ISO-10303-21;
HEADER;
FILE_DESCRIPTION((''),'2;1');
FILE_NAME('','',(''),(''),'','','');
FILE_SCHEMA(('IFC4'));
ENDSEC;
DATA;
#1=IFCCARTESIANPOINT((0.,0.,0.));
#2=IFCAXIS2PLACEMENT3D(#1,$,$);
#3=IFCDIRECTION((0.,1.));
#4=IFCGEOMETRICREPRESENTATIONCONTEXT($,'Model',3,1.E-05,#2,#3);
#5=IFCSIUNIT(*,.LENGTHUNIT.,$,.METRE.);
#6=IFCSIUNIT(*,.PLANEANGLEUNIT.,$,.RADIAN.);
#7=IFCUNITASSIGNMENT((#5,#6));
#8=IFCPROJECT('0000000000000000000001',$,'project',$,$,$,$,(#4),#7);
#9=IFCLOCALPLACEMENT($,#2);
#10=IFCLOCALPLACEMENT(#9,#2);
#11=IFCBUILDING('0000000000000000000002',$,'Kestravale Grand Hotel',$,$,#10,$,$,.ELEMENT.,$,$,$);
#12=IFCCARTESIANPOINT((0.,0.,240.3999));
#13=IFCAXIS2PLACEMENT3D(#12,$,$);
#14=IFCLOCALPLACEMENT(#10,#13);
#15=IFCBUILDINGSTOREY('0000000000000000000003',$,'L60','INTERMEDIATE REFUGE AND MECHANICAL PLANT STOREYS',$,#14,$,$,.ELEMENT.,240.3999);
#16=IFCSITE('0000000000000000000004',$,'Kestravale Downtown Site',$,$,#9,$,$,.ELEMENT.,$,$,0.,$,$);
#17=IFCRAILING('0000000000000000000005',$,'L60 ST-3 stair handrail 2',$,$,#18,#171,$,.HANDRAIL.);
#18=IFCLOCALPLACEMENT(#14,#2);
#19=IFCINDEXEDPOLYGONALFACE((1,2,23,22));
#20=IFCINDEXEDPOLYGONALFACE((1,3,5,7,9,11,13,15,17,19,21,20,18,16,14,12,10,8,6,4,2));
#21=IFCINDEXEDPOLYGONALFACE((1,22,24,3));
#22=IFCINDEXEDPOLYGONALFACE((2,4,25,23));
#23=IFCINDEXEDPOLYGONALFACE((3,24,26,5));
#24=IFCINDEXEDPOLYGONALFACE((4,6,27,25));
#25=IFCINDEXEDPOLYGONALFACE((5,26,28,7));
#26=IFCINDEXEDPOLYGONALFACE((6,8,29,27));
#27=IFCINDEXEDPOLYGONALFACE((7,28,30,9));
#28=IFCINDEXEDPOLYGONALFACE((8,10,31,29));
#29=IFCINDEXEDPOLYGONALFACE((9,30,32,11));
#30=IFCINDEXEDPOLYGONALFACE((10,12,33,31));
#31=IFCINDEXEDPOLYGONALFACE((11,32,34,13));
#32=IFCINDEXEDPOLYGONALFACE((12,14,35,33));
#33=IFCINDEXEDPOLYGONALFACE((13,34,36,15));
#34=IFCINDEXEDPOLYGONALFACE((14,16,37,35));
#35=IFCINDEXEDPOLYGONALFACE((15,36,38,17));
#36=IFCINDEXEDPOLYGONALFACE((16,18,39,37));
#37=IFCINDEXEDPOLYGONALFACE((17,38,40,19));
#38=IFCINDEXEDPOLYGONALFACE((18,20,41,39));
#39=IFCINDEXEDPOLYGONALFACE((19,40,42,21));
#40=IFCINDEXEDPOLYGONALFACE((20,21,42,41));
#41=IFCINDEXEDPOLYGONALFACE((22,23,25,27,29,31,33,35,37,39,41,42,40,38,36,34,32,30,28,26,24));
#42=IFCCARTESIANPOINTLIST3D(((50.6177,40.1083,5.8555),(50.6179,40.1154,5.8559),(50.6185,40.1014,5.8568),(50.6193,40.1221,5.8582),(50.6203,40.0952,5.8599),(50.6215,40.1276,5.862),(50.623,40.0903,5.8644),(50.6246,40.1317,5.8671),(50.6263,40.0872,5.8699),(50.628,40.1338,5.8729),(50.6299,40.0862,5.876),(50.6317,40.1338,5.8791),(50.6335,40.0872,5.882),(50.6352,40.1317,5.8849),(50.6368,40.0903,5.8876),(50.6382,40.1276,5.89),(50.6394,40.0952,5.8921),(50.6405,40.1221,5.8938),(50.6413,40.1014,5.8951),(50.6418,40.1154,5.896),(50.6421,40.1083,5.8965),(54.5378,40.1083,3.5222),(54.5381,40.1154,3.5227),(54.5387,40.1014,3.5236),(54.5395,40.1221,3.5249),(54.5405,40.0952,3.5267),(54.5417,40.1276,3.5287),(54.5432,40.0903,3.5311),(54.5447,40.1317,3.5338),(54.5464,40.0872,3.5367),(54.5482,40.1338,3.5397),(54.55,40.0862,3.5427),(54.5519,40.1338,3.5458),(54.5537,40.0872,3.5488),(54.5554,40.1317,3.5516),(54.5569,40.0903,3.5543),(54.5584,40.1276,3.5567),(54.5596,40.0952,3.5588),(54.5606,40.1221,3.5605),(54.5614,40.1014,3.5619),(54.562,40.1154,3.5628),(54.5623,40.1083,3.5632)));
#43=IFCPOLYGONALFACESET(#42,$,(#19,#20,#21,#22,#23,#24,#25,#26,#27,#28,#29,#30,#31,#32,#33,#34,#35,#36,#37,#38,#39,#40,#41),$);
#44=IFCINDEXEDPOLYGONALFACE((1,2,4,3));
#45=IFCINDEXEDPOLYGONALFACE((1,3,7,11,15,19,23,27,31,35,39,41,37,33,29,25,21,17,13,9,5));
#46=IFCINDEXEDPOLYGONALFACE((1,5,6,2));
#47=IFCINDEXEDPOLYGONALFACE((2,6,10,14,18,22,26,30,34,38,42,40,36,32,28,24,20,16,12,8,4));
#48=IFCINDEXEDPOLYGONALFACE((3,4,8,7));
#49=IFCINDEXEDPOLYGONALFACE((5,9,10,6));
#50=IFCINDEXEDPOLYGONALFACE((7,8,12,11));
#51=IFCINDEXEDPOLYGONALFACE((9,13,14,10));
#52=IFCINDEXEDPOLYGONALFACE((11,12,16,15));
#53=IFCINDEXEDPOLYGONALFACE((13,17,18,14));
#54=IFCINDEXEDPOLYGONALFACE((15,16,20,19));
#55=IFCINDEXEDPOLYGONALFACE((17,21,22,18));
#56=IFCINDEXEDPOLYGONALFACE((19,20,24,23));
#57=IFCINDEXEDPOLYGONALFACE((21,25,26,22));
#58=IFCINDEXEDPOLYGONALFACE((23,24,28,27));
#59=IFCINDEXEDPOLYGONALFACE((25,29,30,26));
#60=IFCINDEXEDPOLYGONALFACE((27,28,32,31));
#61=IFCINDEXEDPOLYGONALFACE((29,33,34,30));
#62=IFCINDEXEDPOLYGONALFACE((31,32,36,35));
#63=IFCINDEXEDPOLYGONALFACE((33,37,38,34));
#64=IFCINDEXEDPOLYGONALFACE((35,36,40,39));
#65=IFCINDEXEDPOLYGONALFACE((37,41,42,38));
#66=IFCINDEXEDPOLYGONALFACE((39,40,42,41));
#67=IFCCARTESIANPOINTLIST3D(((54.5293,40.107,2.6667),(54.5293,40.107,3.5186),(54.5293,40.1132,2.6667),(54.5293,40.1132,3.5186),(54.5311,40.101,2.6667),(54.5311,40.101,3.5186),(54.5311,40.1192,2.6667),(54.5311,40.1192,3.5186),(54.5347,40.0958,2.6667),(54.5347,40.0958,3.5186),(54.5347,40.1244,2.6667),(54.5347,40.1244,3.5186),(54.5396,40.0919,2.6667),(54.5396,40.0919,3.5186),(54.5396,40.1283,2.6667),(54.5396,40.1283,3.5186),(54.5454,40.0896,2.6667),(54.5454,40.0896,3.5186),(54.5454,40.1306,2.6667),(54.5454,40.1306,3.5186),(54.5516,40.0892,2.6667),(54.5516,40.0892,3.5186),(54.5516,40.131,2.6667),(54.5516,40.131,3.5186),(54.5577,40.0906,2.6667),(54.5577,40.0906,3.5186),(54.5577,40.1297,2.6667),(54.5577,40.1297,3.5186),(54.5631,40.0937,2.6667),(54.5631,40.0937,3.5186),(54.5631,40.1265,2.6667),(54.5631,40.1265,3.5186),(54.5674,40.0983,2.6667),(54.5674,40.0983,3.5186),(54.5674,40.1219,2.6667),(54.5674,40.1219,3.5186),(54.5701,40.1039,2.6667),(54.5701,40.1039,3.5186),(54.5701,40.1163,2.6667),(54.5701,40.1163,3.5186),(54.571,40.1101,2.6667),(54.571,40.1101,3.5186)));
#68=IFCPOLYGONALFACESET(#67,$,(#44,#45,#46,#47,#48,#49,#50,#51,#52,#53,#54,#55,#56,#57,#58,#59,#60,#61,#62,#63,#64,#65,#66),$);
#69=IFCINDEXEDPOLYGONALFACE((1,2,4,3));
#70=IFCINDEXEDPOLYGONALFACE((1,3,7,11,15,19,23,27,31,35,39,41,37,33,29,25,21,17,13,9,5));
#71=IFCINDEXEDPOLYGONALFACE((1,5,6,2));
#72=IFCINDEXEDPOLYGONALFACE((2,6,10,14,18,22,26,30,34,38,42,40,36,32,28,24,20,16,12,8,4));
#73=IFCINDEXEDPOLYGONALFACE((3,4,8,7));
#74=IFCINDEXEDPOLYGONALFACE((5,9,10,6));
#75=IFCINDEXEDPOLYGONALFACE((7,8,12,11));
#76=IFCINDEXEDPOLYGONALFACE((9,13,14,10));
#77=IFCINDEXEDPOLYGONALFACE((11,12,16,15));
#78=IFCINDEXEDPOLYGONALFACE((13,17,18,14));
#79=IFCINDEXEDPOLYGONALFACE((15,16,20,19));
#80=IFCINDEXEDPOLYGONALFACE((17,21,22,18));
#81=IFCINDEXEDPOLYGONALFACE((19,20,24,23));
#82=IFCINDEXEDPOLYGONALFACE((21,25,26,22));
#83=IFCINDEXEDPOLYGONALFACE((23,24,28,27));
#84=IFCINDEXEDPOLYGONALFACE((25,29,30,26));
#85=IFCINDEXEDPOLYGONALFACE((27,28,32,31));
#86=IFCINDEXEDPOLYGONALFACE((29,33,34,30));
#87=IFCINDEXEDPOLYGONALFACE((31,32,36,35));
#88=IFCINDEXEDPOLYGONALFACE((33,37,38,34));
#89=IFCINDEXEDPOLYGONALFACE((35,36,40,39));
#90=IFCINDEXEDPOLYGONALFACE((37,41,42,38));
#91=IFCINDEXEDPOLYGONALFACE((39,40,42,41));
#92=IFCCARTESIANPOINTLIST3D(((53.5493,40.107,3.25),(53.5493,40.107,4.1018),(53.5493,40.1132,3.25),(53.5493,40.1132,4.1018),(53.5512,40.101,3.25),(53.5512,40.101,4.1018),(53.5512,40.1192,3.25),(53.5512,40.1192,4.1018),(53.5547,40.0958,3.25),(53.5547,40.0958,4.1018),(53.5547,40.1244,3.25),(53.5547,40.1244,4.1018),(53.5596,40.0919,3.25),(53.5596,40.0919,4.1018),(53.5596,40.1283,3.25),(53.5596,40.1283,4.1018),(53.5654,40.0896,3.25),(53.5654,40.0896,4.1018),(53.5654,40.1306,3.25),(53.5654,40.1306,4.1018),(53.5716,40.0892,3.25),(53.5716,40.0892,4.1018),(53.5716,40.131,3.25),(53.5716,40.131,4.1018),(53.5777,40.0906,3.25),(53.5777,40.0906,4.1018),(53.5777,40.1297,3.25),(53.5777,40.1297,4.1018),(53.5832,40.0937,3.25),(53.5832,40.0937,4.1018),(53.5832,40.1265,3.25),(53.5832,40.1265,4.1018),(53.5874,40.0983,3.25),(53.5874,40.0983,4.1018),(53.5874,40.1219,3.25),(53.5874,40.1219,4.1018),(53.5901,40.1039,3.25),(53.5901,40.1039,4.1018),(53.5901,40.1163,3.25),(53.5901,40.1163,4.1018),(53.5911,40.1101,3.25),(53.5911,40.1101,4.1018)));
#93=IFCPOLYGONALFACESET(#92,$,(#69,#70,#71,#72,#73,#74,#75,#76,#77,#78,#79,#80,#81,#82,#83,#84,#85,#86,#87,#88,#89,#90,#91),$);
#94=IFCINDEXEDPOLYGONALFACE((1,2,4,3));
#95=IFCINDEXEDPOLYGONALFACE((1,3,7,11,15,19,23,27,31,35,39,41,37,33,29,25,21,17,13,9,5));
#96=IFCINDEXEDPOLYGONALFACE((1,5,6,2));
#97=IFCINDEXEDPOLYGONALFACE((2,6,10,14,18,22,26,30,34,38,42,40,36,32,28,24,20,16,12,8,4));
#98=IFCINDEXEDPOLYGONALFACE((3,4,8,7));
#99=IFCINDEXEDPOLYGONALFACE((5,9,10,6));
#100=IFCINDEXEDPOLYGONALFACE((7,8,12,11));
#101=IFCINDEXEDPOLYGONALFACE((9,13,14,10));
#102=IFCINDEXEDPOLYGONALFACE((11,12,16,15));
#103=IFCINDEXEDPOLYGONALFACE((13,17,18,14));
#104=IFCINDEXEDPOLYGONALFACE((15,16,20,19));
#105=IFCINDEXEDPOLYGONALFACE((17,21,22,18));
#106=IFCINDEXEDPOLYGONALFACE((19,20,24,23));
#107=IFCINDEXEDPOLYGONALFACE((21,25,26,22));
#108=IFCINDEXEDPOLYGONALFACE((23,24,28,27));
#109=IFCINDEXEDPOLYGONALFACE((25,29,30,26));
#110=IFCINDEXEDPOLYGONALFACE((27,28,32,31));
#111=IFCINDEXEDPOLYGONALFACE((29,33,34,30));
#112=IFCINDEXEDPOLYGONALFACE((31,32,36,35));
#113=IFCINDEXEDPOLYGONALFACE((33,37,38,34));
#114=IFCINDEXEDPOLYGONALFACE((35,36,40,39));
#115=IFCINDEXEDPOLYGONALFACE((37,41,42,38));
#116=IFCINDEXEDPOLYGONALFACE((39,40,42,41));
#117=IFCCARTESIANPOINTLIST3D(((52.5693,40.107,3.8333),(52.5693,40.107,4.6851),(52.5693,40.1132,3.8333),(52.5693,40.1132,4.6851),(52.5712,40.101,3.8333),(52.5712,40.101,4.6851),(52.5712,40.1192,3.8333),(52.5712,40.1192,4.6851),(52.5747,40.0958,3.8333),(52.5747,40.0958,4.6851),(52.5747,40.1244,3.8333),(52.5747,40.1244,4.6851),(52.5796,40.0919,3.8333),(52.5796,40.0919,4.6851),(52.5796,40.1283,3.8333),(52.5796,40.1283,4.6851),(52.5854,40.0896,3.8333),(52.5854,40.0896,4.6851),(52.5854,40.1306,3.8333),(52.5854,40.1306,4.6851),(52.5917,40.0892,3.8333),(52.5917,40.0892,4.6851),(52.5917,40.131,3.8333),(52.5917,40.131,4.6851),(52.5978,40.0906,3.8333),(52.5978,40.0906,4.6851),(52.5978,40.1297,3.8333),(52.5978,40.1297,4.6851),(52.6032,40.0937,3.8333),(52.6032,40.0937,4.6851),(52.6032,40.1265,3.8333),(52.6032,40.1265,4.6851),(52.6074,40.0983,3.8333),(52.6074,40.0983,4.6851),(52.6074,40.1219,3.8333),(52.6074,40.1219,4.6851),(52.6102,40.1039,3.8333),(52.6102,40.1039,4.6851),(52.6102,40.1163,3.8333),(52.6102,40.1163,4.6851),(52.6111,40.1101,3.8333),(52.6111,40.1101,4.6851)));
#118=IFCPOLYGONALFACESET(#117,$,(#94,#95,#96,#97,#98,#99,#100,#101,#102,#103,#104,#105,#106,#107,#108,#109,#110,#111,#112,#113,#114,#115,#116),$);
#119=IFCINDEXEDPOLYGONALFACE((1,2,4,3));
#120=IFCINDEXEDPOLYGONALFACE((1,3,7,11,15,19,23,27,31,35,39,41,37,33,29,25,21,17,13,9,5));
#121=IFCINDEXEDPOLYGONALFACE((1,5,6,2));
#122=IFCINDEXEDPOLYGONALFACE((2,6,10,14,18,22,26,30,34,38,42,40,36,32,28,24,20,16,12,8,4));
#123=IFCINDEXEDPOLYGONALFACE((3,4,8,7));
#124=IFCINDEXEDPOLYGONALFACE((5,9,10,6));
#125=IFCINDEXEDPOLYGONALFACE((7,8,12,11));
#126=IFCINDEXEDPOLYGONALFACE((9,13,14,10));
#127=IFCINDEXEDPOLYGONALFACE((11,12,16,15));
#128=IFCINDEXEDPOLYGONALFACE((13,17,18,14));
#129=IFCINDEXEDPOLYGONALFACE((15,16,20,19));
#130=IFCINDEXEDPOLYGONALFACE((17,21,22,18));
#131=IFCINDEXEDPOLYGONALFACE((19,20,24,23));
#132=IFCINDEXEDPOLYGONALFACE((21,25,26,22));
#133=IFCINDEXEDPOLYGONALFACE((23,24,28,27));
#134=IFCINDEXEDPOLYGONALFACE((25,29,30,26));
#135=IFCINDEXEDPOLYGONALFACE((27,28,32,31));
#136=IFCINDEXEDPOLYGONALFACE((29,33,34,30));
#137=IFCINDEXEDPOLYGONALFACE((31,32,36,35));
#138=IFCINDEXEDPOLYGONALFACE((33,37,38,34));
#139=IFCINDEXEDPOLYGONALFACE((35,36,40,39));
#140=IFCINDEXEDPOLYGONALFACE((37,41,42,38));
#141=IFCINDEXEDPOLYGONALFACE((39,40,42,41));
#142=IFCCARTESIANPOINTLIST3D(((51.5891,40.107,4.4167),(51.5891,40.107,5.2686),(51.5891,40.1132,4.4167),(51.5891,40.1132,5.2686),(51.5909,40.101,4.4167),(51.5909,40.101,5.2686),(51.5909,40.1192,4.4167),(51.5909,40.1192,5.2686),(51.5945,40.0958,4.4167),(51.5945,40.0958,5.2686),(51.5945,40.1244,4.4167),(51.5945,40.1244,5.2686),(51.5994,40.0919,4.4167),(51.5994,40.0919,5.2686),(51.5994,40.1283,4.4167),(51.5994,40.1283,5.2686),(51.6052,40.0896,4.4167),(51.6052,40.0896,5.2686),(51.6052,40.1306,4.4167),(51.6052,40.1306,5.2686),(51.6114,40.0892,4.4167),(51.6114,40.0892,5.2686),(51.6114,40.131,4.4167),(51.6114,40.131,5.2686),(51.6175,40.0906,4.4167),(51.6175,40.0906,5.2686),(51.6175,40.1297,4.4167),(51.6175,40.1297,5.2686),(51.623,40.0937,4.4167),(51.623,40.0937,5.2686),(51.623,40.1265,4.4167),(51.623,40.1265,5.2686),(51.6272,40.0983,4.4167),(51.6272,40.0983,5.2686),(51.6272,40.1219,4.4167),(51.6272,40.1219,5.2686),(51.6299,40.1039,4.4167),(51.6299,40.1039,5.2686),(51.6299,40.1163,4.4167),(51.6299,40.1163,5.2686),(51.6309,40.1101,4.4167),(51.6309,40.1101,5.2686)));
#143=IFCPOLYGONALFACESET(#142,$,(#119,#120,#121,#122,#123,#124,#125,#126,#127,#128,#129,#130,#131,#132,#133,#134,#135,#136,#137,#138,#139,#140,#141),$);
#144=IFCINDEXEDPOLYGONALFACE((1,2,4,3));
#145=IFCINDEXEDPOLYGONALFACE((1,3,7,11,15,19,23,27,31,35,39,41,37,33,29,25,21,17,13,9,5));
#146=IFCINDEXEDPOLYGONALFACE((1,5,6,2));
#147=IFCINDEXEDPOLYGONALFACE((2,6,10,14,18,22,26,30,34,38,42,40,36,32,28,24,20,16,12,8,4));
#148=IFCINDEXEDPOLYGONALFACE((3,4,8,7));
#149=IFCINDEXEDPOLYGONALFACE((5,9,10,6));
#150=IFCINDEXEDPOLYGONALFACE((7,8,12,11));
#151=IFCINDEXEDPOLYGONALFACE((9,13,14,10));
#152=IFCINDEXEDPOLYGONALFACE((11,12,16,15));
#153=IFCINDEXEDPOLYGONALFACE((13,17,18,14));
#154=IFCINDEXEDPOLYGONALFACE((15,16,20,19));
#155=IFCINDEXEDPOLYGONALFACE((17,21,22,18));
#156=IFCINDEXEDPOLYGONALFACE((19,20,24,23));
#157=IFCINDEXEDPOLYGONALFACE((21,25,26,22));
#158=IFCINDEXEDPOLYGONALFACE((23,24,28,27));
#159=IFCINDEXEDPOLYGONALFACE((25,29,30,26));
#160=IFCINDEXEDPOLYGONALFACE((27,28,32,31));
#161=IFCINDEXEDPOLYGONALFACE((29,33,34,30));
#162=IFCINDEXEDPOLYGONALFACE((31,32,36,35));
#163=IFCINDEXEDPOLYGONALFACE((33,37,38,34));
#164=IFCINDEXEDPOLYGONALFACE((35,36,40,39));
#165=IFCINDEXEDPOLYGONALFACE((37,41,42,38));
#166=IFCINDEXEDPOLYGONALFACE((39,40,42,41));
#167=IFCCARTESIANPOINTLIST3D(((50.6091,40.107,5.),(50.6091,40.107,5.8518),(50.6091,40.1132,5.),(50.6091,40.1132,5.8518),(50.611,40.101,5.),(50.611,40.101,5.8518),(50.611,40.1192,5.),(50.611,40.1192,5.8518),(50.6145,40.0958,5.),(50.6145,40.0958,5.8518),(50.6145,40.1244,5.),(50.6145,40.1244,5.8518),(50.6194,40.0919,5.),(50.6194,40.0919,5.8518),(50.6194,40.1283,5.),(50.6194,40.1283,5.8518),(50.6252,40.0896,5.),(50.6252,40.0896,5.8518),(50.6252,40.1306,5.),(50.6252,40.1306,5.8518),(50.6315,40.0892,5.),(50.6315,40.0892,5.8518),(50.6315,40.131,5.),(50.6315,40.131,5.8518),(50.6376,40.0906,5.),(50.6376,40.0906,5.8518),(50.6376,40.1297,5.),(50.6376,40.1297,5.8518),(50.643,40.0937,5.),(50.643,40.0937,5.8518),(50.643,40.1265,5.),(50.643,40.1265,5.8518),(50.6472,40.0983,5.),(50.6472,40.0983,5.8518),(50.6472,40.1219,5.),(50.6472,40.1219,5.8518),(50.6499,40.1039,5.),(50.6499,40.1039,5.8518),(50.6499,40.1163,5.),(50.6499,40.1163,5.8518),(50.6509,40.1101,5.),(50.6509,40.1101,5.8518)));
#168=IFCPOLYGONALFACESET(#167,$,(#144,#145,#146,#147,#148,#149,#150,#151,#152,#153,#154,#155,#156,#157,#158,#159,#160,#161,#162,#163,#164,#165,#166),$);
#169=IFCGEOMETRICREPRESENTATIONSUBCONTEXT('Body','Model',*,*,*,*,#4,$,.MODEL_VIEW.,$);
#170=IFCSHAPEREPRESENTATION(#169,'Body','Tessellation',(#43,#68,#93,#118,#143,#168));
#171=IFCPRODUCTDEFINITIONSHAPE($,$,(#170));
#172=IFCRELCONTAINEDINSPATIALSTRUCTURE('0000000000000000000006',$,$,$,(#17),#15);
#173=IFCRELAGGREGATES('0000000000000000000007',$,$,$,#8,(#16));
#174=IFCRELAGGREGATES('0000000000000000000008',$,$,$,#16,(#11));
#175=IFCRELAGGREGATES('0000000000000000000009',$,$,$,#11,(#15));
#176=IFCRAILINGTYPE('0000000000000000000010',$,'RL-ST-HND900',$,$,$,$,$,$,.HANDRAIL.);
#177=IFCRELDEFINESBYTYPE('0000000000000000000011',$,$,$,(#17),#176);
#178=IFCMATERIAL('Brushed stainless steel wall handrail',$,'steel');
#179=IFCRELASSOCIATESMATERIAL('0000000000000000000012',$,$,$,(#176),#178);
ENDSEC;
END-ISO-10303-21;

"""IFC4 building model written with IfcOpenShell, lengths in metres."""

from ifc_helpers import new_model, si_unit, direction, frame, origin, origin_2d, place, context, subcontext, project, spatial, circle, extrude, material, type_object, element, save


model = new_model("IFC4")

# Units and contexts
model_context = context("Model", 3, precision=1e-05, world=origin(), true_north=direction((0.0, 1.0)))
body_context = subcontext(model_context, "Body", "Model", "MODEL_VIEW")
ifc_project = project(units=[si_unit("LENGTHUNIT", "METRE"), si_unit("PLANEANGLEUNIT", "RADIAN")], contexts=[model_context])

# Site, building, storey
site_placement = place(None, origin())
site = spatial("IfcSite", under=ifc_project, at=site_placement, Name="Kestravale Downtown Site", CompositionType="ELEMENT", RefElevation=0.0)
building_placement = place(site_placement, origin())
building = spatial("IfcBuilding", under=site, at=building_placement, Name="Kestravale Grand Hotel", CompositionType="ELEMENT")
storey_placement = place(building_placement, frame((0.0, 0.0, 240.3999)))
storey = spatial("IfcBuildingStorey", under=building, at=storey_placement, Name="L60", Description="INTERMEDIATE REFUGE AND MECHANICAL PLANT STOREYS", CompositionType="ELEMENT", Elevation=240.3999)

# Railing
ifc_material_1 = material(Name="Brushed stainless steel wall handrail", Category="steel")
railing_type_1 = type_object("IfcRailingType", Name="RL-ST-HND900", PredefinedType="HANDRAIL", material=ifc_material_1)
railing_1_placement = place(storey_placement, frame((54.55, 40.1101, 2.6667)))
element("IfcRailing", 1, at=railing_1_placement, inside=storey, type_object=railing_type_1, Name="L60 ST-3 stair handrail 2", PredefinedType="HANDRAIL", context=body_context, shape_type="SweptSolid", body=[
    extrude(circle(Radius=0.0239, at=origin_2d()), frame((0.0, 0.0, 0.876), z_axis=(-0.85931, 0.0, 0.511455), x_axis=(0.0, -1.0, 0.0)), (0.0, 0.0, 1.0), 4.562),
    extrude(circle(Radius=0.021, at=origin_2d()), origin(), (0.0, 0.0, 1.0), 0.8518),
    extrude(circle(Radius=0.021, at=origin_2d()), frame((-0.98, 0.0, 0.5833)), (0.0, 0.0, 1.0), 0.8518),
    extrude(circle(Radius=0.021, at=origin_2d()), frame((-1.96, 0.0, 1.1665)), (0.0, 0.0, 1.0), 0.8518),
    extrude(circle(Radius=0.021, at=origin_2d()), frame((-2.9402, 0.0, 1.75)), (0.0, 0.0, 1.0), 0.8518),
    extrude(circle(Radius=0.021, at=origin_2d()), frame((-3.9202, 0.0, 2.3333)), (0.0, 0.0, 1.0), 0.8518),
])

save(model, "model.ifc")
